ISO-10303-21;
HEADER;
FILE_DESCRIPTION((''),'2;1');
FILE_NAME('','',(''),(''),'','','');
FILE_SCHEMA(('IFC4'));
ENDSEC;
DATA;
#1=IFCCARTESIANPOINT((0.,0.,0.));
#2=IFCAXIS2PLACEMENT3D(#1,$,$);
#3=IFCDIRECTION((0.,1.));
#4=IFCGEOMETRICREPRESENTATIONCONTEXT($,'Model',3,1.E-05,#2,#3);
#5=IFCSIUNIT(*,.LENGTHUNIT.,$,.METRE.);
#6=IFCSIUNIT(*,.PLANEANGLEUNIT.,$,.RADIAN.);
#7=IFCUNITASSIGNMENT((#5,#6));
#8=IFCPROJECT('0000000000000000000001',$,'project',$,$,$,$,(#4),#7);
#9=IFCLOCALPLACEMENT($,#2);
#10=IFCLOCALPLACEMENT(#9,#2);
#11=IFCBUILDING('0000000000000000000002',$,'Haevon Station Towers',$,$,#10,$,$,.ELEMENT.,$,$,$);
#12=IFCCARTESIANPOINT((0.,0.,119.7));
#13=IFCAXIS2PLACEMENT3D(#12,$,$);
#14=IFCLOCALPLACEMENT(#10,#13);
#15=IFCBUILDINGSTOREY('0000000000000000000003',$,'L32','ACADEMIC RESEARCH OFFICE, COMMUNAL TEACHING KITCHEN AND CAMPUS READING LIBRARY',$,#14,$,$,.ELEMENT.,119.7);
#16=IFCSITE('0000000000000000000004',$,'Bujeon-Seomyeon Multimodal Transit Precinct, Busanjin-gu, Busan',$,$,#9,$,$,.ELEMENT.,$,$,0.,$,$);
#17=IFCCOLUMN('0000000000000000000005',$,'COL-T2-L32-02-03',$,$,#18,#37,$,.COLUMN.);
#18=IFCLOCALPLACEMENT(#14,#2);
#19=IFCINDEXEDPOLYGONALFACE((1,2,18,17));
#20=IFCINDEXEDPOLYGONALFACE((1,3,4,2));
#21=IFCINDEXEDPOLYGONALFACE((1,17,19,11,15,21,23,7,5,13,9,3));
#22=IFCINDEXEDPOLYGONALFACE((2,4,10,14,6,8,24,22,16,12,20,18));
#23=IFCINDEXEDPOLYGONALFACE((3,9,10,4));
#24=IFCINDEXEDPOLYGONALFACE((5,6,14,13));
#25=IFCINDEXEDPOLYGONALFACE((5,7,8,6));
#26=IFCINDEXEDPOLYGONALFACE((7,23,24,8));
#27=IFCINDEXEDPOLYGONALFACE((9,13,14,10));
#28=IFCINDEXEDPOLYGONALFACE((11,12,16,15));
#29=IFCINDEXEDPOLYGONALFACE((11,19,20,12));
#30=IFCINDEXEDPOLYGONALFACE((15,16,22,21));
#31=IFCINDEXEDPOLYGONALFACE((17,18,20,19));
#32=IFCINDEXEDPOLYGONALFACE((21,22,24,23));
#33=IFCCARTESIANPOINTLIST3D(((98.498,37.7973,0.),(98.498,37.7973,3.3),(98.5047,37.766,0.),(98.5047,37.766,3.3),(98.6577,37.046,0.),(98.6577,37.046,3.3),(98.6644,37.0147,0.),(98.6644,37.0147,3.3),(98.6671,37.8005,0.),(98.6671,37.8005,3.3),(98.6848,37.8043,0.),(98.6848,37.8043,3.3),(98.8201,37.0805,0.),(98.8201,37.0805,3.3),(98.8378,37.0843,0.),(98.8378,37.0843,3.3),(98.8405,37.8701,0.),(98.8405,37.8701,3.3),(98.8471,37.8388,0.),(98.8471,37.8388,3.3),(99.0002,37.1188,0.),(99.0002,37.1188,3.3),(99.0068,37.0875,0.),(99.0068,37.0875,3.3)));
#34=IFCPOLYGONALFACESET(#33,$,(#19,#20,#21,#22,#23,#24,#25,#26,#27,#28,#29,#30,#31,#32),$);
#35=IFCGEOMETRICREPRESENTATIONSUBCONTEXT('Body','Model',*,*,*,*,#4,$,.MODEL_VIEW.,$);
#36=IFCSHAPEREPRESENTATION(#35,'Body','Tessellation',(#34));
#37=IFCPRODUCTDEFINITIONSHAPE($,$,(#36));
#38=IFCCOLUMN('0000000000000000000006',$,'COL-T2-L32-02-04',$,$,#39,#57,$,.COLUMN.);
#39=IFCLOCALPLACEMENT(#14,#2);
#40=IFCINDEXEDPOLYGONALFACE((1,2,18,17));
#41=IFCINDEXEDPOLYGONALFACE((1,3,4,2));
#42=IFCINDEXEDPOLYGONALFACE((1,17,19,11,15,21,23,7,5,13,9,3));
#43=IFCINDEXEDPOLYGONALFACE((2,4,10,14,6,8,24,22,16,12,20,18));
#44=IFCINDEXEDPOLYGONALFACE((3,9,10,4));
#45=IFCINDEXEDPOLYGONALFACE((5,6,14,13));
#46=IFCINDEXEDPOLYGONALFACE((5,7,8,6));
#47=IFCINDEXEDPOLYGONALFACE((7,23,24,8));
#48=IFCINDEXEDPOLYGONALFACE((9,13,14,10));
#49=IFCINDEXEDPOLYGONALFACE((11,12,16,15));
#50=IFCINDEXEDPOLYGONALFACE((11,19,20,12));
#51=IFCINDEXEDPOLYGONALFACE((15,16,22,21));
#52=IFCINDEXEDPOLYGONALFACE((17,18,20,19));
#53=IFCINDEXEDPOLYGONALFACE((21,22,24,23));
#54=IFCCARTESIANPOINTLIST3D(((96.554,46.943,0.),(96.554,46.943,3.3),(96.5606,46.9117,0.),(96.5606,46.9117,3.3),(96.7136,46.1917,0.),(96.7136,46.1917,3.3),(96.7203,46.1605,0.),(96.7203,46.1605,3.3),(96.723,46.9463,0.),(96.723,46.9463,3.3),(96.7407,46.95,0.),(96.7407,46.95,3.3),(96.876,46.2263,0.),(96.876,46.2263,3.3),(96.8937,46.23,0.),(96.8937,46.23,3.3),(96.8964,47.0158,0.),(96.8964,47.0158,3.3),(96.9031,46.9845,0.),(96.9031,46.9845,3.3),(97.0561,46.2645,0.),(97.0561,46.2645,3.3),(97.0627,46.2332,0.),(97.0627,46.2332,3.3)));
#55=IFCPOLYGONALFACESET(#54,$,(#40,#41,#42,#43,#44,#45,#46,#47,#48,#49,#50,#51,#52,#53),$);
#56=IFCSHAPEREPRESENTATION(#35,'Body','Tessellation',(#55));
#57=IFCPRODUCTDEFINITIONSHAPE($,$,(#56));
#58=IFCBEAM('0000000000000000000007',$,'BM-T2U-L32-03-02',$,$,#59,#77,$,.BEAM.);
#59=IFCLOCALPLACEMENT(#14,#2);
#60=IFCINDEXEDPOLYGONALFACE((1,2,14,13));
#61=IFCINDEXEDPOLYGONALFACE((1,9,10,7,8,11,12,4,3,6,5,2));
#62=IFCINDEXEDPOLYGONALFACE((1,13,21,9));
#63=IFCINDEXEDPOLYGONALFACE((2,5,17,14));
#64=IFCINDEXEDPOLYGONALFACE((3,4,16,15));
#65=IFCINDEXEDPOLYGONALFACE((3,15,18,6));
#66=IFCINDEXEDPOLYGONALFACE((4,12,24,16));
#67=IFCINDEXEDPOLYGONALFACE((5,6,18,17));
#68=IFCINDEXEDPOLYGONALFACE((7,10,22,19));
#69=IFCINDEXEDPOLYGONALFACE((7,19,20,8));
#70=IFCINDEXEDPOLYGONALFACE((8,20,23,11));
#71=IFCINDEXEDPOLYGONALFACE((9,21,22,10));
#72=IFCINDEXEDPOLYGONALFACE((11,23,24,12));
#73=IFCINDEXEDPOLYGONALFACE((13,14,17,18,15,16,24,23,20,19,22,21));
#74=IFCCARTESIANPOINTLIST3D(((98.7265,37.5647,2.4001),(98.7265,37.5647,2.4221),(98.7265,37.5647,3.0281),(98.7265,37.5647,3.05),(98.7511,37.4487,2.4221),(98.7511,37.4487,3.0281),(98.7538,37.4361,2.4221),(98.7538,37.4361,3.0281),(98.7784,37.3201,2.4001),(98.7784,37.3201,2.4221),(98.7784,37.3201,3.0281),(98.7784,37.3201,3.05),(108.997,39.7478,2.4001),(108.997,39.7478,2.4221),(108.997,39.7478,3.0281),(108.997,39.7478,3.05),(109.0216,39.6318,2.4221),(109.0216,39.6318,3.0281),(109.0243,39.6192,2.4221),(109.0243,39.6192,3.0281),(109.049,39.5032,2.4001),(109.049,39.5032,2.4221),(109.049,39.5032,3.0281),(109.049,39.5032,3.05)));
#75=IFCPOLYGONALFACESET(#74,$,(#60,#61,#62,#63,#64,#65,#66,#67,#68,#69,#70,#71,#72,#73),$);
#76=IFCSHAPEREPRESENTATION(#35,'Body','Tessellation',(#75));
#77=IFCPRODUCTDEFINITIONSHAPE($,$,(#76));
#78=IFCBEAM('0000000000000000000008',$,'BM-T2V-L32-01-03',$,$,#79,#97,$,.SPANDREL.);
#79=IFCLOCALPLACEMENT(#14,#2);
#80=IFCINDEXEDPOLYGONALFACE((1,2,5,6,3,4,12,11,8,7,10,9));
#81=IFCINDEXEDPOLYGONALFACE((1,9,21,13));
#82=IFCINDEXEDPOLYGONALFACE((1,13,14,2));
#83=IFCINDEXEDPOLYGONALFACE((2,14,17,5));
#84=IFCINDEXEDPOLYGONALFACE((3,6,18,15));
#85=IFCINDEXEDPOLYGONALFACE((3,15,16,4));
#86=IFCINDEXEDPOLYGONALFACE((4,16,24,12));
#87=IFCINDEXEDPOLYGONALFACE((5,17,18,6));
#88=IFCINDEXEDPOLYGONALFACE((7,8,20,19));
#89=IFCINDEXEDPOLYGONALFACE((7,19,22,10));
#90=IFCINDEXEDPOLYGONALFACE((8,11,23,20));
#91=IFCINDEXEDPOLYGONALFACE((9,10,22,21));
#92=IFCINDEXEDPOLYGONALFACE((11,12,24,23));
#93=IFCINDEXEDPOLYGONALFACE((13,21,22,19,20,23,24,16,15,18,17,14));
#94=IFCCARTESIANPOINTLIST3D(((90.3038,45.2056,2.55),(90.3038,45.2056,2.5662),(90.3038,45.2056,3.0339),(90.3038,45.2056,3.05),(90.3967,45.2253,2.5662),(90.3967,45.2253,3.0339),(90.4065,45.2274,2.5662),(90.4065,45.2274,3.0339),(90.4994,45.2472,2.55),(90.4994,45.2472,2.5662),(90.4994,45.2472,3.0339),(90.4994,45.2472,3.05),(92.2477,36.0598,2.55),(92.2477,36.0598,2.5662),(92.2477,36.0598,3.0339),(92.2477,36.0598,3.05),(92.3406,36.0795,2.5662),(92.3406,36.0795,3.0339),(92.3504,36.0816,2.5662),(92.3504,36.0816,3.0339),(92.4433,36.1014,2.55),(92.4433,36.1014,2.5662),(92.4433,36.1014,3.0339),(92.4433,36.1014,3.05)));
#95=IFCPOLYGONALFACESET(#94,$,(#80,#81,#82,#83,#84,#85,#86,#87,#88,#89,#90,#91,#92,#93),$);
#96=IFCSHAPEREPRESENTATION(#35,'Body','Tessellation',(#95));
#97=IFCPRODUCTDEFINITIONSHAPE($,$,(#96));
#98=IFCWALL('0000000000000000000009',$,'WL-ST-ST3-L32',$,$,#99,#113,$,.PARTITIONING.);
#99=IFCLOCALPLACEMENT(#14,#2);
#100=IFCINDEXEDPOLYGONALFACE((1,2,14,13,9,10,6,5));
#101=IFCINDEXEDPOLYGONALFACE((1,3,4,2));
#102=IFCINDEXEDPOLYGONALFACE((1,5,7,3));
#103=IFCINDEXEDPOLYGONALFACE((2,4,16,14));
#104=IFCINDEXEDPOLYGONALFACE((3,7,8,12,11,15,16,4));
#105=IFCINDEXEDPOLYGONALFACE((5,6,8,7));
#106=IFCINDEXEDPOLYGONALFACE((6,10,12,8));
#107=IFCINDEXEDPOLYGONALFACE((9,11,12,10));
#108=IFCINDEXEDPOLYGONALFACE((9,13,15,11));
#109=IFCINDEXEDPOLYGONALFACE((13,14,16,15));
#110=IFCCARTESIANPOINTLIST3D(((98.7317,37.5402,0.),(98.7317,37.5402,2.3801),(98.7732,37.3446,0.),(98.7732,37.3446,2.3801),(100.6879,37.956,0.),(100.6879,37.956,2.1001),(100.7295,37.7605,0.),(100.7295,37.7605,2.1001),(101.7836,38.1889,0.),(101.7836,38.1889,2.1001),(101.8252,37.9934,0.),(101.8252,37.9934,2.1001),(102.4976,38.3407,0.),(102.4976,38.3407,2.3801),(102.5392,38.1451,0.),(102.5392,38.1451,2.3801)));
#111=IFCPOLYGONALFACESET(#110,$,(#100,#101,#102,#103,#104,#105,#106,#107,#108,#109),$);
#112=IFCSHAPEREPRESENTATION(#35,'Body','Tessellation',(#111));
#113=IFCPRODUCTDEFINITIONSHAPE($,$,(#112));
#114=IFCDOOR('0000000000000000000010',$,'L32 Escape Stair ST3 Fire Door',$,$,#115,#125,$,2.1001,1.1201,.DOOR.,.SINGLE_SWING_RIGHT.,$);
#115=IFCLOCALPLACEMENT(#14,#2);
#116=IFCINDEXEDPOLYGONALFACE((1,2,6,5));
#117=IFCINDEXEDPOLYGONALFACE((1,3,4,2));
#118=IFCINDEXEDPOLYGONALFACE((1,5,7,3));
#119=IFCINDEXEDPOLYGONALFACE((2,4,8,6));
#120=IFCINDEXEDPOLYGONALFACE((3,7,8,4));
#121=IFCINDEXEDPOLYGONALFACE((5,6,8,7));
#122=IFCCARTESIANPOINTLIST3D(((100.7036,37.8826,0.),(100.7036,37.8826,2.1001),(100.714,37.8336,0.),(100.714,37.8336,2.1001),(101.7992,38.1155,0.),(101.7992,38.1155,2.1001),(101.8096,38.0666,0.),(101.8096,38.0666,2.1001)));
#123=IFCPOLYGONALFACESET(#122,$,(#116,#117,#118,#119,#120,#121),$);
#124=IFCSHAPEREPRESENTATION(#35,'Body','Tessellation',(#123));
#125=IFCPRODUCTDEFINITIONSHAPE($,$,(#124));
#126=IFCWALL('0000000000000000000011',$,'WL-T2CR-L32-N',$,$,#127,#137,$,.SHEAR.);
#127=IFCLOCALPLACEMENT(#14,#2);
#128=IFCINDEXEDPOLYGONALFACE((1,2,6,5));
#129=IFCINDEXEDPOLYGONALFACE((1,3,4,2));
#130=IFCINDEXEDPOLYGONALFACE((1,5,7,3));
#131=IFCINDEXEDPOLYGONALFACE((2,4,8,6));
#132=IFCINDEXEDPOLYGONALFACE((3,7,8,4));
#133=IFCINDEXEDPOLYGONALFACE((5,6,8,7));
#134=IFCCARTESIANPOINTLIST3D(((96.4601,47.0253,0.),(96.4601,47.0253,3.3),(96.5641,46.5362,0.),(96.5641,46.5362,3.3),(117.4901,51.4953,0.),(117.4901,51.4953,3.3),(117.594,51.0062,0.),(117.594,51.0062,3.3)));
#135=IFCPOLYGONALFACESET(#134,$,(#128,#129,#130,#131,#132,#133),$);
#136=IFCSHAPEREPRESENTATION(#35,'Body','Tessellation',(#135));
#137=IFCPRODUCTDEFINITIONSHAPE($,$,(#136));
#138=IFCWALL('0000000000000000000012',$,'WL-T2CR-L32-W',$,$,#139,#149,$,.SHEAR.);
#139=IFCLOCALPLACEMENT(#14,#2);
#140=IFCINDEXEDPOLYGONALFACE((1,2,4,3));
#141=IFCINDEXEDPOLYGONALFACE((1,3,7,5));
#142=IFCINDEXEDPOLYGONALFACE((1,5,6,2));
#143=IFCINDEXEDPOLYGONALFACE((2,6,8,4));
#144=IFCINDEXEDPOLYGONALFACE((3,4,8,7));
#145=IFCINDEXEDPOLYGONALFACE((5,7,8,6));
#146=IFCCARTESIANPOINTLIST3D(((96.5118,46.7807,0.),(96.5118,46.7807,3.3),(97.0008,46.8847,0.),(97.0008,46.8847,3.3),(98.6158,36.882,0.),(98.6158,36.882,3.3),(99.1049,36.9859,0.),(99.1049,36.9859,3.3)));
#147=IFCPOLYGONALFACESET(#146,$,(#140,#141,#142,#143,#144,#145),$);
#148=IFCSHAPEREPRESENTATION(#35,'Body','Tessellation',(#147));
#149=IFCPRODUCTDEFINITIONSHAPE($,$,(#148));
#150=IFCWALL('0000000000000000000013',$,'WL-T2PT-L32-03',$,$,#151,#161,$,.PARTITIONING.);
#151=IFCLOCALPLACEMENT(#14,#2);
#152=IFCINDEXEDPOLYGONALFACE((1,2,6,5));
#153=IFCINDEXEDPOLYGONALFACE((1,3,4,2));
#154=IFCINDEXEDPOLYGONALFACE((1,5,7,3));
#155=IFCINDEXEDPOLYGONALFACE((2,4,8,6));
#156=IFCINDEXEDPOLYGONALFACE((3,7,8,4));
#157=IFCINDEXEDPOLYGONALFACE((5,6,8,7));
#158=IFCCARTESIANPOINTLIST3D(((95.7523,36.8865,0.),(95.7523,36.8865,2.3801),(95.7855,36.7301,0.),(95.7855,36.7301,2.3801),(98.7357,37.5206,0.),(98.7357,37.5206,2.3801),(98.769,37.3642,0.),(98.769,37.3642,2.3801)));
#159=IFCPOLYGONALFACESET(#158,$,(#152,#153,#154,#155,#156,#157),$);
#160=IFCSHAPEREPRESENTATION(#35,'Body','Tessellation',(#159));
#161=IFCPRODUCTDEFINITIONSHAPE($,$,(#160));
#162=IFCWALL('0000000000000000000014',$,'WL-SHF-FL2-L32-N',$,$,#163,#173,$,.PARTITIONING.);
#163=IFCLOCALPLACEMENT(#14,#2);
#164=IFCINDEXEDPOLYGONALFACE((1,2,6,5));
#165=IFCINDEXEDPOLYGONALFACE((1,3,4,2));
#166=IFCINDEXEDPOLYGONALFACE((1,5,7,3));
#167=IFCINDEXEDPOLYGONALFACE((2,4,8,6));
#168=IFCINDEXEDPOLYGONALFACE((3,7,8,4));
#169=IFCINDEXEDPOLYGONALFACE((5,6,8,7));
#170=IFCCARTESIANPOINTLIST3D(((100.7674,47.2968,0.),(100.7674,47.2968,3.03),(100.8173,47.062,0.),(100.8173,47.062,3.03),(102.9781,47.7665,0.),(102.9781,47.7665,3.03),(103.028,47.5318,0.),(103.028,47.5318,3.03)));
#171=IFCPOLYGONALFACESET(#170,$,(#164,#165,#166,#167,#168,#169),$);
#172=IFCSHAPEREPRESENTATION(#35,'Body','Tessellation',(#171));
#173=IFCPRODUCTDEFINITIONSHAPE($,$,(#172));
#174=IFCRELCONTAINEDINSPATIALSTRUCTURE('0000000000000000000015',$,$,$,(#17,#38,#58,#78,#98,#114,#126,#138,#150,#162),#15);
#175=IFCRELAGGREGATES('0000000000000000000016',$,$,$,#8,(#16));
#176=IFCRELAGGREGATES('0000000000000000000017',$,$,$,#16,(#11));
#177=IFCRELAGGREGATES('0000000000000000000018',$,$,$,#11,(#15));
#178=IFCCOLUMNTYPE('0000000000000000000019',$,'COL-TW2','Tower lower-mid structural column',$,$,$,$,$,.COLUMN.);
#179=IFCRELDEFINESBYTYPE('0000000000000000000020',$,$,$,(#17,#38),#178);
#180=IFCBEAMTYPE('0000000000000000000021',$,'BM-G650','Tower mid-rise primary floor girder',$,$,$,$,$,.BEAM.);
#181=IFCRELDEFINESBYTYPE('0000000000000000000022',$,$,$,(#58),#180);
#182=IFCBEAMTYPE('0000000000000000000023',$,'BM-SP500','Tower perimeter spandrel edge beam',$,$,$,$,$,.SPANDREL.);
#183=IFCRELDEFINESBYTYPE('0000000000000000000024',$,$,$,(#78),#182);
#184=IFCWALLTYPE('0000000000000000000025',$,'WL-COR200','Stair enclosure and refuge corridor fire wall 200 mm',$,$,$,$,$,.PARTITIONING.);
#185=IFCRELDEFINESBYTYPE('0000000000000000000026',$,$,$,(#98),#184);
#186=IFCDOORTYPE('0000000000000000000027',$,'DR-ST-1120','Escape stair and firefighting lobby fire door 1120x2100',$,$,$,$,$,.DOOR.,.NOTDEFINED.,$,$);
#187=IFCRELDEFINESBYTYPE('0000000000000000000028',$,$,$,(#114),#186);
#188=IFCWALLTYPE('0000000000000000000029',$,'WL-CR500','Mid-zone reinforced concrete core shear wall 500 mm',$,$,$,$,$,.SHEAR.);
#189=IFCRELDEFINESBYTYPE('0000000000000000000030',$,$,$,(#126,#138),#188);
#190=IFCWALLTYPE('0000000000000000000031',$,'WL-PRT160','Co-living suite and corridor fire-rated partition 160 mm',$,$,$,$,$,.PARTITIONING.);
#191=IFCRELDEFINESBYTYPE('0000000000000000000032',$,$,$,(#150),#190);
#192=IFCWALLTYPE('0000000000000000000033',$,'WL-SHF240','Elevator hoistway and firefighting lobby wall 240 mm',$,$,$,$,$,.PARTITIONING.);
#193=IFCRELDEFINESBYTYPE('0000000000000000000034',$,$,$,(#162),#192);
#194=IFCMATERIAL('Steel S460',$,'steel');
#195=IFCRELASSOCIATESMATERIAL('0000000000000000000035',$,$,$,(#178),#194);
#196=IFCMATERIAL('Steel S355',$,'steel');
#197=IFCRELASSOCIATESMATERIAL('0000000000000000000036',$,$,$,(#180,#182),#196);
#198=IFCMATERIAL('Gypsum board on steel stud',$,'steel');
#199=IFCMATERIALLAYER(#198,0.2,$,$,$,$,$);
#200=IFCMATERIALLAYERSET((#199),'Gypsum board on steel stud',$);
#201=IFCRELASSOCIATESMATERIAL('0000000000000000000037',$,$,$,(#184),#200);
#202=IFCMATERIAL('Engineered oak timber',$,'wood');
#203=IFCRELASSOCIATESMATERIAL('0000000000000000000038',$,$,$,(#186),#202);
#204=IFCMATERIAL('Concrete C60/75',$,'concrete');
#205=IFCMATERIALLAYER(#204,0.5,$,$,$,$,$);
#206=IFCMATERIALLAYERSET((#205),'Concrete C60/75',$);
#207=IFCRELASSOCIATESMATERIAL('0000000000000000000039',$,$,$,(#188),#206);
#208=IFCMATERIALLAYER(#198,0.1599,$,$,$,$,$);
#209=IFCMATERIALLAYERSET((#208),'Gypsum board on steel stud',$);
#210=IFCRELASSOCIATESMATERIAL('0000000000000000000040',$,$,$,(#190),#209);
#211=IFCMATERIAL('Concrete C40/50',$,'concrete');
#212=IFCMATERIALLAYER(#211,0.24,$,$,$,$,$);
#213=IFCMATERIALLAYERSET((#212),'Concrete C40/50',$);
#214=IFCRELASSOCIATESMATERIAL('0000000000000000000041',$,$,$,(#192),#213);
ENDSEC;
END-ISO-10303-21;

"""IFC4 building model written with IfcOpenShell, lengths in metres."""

from ifc_helpers import new_model, si_unit, direction, frame, frame_2d, origin, origin_2d, place, context, subcontext, project, spatial, rectangle, i_section, extrude, material, layer, layer_set, material_profile, profile_set, type_object, element, fill, save


model = new_model("IFC4")

# Units and contexts
model_context = context("Model", 3, precision=1e-05, world=origin(), true_north=direction((0.0, 1.0)))
body_context = subcontext(model_context, "Body", "Model", "MODEL_VIEW")
ifc_project = project(units=[si_unit("LENGTHUNIT", "METRE"), si_unit("PLANEANGLEUNIT", "RADIAN")], contexts=[model_context])

# Site, building, storey
site_placement = place(None, origin())
site = spatial("IfcSite", under=ifc_project, at=site_placement, Name="Bujeon-Seomyeon Multimodal Transit Precinct, Busanjin-gu, Busan", CompositionType="ELEMENT", RefElevation=0.0)
building_placement = place(site_placement, origin())
building = spatial("IfcBuilding", under=site, at=building_placement, Name="Haevon Station Towers", CompositionType="ELEMENT")
storey_placement = place(building_placement, frame((0.0, 0.0, 119.7)))
storey = spatial("IfcBuildingStorey", under=building, at=storey_placement, Name="L32", Description="ACADEMIC RESEARCH OFFICE, COMMUNAL TEACHING KITCHEN AND CAMPUS READING LIBRARY", CompositionType="ELEMENT", Elevation=119.7)

# Columns
ifc_material_1 = material(Name="Steel S460", Category="steel")
ifc_material_profile_1 = material_profile(ifc_material_1, i_section(OverallWidth=0.3501, OverallDepth=0.8, WebThickness=0.0181, FlangeThickness=0.032, at=origin_2d()), Name="H-800x350x18x32")
ifc_profile_set_1 = profile_set([ifc_material_profile_1], Name="Steel S460")
column_type = type_object("IfcColumnType", Name="COL-TW2", Description="Tower lower-mid structural column", PredefinedType="COLUMN", material=ifc_profile_set_1)
for number, where, z_axis, x_axis, name in (
    (1, (98.7524, 37.4424, 0.0), (0.0, 0.0, 1.0), (0.978148, 0.207912, 0.0), "COL-T2-L32-02-03"),
    (2, (96.8083, 46.5881, 0.0), (0.0, 0.0, 1.0), (0.978148, 0.207912, 0.0), "COL-T2-L32-02-04"),
):
    element("IfcColumn", number, at=place(storey_placement, frame(where, z_axis=z_axis, x_axis=x_axis)), inside=storey, type_object=column_type, Name=name, PredefinedType="COLUMN", context=body_context, shape_type="SweptSolid", body=[
        extrude(i_section(OverallWidth=0.3501, OverallDepth=0.8, WebThickness=0.0181, FlangeThickness=0.032, at=origin_2d()), origin(), (0.0, 0.0, 1.0), 3.3),
    ])

# Beams
ifc_material_2 = material(Name="Steel S355", Category="steel")
ifc_material_profile_2 = material_profile(ifc_material_2, i_section(OverallWidth=0.25, OverallDepth=0.6499, WebThickness=0.0129, FlangeThickness=0.022, at=origin_2d()), Name="H-650x250x13x22")
ifc_profile_set_2 = profile_set([ifc_material_profile_2], Name="Steel S355")
beam_type_1 = type_object("IfcBeamType", Name="BM-G650", Description="Tower mid-rise primary floor girder", PredefinedType="BEAM", material=ifc_profile_set_2)
beam_1_placement = place(storey_placement, frame((98.7524, 37.4424, 2.7251), z_axis=(0.978147, 0.207915, 0.0), x_axis=(-0.207915, 0.978147, 0.0)))
element("IfcBeam", 3, at=beam_1_placement, inside=storey, type_object=beam_type_1, Name="BM-T2U-L32-03-02", PredefinedType="BEAM", context=body_context, shape_type="SweptSolid", body=[
    extrude(i_section(OverallWidth=0.25, OverallDepth=0.6499, WebThickness=0.0129, FlangeThickness=0.022, at=origin_2d()), origin(), (0.0, 0.0, 1.0), 10.5),
])
ifc_material_profile_3 = material_profile(ifc_material_2, i_section(OverallWidth=0.2, OverallDepth=0.5, WebThickness=0.01, FlangeThickness=0.0161, at=origin_2d()), Name="H-500x200x10x16")
ifc_profile_set_3 = profile_set([ifc_material_profile_3], Name="Steel S355")
beam_type_2 = type_object("IfcBeamType", Name="BM-SP500", Description="Tower perimeter spandrel edge beam", PredefinedType="SPANDREL", material=ifc_profile_set_3)
beam_2_placement = place(storey_placement, frame((92.3455, 36.0806, 2.8), z_axis=(-0.207897, 0.978151, 0.0), x_axis=(-0.978151, -0.207897, 0.0)))
element("IfcBeam", 4, at=beam_2_placement, inside=storey, type_object=beam_type_2, Name="BM-T2V-L32-01-03", PredefinedType="SPANDREL", context=body_context, shape_type="SweptSolid", body=[
    extrude(i_section(OverallWidth=0.2, OverallDepth=0.5, WebThickness=0.01, FlangeThickness=0.0161, at=origin_2d()), origin(), (0.0, 0.0, 1.0), 9.3501),
])

# Wall, opening, door
ifc_material_3 = material(Name="Gypsum board on steel stud", Category="steel")
ifc_layer_1 = layer(ifc_material_3, 0.2)
ifc_layer_set_1 = layer_set([ifc_layer_1], Name="Gypsum board on steel stud")
wall_type_1 = type_object("IfcWallType", Name="WL-COR200", Description="Stair enclosure and refuge corridor fire wall 200 mm", PredefinedType="PARTITIONING", material=ifc_layer_set_1)
wall_1_placement = place(storey_placement, frame((98.7524, 37.4424, 0.0), z_axis=(0.0, 0.0, 1.0), x_axis=(0.978144, 0.207931, 0.0)))
wall_1 = element("IfcWall", 5, at=wall_1_placement, inside=storey, type_object=wall_type_1, Name="WL-ST-ST3-L32", PredefinedType="PARTITIONING", context=body_context, shape_type="SweptSolid", body=[
    extrude(rectangle(XDim=3.8501, YDim=0.2, at=frame_2d((1.925, 0.0))), origin(), (0.0, 0.0, 1.0), 2.3801),
])
opening_1_placement = place(wall_1_placement, frame((2.0, 0.0, 0.0)))
opening_1 = element("IfcOpeningElement", 6, at=opening_1_placement, cuts=wall_1, PredefinedType="OPENING", context=body_context, shape_type="SweptSolid", body=[
    extrude(rectangle(XDim=1.1201, YDim=2.1001, at=frame_2d((0.5601, 1.05))), frame((0.0, 0.1099, 0.0), z_axis=(0.0, -1.0, 0.0), x_axis=(1.0, 0.0, 0.0)), (0.0, 0.0, 1.0), 0.22),
])
ifc_material_4 = material(Name="Engineered oak timber", Category="wood")
door_type_1 = type_object("IfcDoorType", Name="DR-ST-1120", Description="Escape stair and firefighting lobby fire door 1120x2100", OperationType="NOTDEFINED", PredefinedType="DOOR", material=ifc_material_4)
door_1_placement = place(opening_1_placement, origin())
door_1 = element("IfcDoor", 7, at=door_1_placement, inside=storey, type_object=door_type_1, Name="L32 Escape Stair ST3 Fire Door", OperationType="SINGLE_SWING_RIGHT", OverallHeight=2.1001, OverallWidth=1.1201, PredefinedType="DOOR", context=body_context, shape_type="SweptSolid", body=[
    extrude(rectangle(XDim=1.1201, YDim=2.1001, at=frame_2d((0.5601, 1.05))), frame((0.0, 0.0249, 0.0), z_axis=(0.0, -1.0, 0.0), x_axis=(1.0, 0.0, 0.0)), (0.0, 0.0, 1.0), 0.05),
])
fill(opening_1, door_1)

# Walls
ifc_material_5 = material(Name="Concrete C60/75", Category="concrete")
ifc_layer_2 = layer(ifc_material_5, 0.5)
ifc_layer_set_2 = layer_set([ifc_layer_2], Name="Concrete C60/75")
wall_type_2 = type_object("IfcWallType", Name="WL-CR500", Description="Mid-zone reinforced concrete core shear wall 500 mm", PredefinedType="SHEAR", material=ifc_layer_set_2)
wall_2_placement = place(storey_placement, frame((96.512, 46.7808, 0.0), z_axis=(0.0, 0.0, 1.0), x_axis=(0.978149, 0.207907, 0.0)))
element("IfcWall", 8, at=wall_2_placement, inside=storey, type_object=wall_type_2, Name="WL-T2CR-L32-N", PredefinedType="SHEAR", context=body_context, shape_type="SweptSolid", body=[
    extrude(rectangle(XDim=21.4998, YDim=0.5, at=frame_2d((10.75, 0.0))), origin(), (0.0, 0.0, 1.0), 3.3),
])
wall_3_placement = place(storey_placement, frame((98.8604, 36.9338, 0.0), z_axis=(0.0, 0.0, 1.0), x_axis=(-0.207909, 0.978148, 0.0)))
element("IfcWall", 9, at=wall_3_placement, inside=storey, type_object=wall_type_2, Name="WL-T2CR-L32-W", PredefinedType="SHEAR", context=body_context, shape_type="SweptSolid", body=[
    extrude(rectangle(XDim=10.1199, YDim=0.5, at=frame_2d((5.0601, 0.0))), origin(), (0.0, 0.0, 1.0), 3.3),
])
ifc_layer_3 = layer(ifc_material_3, 0.1599)
ifc_layer_set_3 = layer_set([ifc_layer_3], Name="Gypsum board on steel stud")
wall_type_3 = type_object("IfcWallType", Name="WL-PRT160", Description="Co-living suite and corridor fire-rated partition 160 mm", PredefinedType="PARTITIONING", material=ifc_layer_set_3)
wall_4_placement = place(storey_placement, frame((95.769, 36.8083, 0.0), z_axis=(0.0, 0.0, 1.0), x_axis=(0.978155, 0.207878, 0.0)))
element("IfcWall", 10, at=wall_4_placement, inside=storey, type_object=wall_type_3, Name="WL-T2PT-L32-03", PredefinedType="PARTITIONING", context=body_context, shape_type="SweptSolid", body=[
    extrude(rectangle(XDim=3.05, YDim=0.1599, at=frame_2d((1.5249, 0.0))), origin(), (0.0, 0.0, 1.0), 2.3801),
])

# Shared definitions
ifc_material_6 = material(Name="Concrete C40/50", Category="concrete")
ifc_layer_4 = layer(ifc_material_6, 0.24)
ifc_layer_set_4 = layer_set([ifc_layer_4], Name="Concrete C40/50")
wall_type_4 = type_object("IfcWallType", Name="WL-SHF240", Description="Elevator hoistway and firefighting lobby wall 240 mm", PredefinedType="PARTITIONING", material=ifc_layer_set_4)

# Wall
wall_5_placement = place(storey_placement, frame((100.7925, 47.1794, 0.0), z_axis=(0.0, 0.0, 1.0), x_axis=(0.978163, 0.207839, 0.0)))
element("IfcWall", 11, at=wall_5_placement, inside=storey, type_object=wall_type_4, Name="WL-SHF-FL2-L32-N", PredefinedType="PARTITIONING", context=body_context, shape_type="SweptSolid", body=[
    extrude(rectangle(XDim=2.26, YDim=0.24, at=frame_2d((1.1299, 0.0))), origin(), (0.0, 0.0, 1.0), 3.03),
])

save(model, "model.ifc")
